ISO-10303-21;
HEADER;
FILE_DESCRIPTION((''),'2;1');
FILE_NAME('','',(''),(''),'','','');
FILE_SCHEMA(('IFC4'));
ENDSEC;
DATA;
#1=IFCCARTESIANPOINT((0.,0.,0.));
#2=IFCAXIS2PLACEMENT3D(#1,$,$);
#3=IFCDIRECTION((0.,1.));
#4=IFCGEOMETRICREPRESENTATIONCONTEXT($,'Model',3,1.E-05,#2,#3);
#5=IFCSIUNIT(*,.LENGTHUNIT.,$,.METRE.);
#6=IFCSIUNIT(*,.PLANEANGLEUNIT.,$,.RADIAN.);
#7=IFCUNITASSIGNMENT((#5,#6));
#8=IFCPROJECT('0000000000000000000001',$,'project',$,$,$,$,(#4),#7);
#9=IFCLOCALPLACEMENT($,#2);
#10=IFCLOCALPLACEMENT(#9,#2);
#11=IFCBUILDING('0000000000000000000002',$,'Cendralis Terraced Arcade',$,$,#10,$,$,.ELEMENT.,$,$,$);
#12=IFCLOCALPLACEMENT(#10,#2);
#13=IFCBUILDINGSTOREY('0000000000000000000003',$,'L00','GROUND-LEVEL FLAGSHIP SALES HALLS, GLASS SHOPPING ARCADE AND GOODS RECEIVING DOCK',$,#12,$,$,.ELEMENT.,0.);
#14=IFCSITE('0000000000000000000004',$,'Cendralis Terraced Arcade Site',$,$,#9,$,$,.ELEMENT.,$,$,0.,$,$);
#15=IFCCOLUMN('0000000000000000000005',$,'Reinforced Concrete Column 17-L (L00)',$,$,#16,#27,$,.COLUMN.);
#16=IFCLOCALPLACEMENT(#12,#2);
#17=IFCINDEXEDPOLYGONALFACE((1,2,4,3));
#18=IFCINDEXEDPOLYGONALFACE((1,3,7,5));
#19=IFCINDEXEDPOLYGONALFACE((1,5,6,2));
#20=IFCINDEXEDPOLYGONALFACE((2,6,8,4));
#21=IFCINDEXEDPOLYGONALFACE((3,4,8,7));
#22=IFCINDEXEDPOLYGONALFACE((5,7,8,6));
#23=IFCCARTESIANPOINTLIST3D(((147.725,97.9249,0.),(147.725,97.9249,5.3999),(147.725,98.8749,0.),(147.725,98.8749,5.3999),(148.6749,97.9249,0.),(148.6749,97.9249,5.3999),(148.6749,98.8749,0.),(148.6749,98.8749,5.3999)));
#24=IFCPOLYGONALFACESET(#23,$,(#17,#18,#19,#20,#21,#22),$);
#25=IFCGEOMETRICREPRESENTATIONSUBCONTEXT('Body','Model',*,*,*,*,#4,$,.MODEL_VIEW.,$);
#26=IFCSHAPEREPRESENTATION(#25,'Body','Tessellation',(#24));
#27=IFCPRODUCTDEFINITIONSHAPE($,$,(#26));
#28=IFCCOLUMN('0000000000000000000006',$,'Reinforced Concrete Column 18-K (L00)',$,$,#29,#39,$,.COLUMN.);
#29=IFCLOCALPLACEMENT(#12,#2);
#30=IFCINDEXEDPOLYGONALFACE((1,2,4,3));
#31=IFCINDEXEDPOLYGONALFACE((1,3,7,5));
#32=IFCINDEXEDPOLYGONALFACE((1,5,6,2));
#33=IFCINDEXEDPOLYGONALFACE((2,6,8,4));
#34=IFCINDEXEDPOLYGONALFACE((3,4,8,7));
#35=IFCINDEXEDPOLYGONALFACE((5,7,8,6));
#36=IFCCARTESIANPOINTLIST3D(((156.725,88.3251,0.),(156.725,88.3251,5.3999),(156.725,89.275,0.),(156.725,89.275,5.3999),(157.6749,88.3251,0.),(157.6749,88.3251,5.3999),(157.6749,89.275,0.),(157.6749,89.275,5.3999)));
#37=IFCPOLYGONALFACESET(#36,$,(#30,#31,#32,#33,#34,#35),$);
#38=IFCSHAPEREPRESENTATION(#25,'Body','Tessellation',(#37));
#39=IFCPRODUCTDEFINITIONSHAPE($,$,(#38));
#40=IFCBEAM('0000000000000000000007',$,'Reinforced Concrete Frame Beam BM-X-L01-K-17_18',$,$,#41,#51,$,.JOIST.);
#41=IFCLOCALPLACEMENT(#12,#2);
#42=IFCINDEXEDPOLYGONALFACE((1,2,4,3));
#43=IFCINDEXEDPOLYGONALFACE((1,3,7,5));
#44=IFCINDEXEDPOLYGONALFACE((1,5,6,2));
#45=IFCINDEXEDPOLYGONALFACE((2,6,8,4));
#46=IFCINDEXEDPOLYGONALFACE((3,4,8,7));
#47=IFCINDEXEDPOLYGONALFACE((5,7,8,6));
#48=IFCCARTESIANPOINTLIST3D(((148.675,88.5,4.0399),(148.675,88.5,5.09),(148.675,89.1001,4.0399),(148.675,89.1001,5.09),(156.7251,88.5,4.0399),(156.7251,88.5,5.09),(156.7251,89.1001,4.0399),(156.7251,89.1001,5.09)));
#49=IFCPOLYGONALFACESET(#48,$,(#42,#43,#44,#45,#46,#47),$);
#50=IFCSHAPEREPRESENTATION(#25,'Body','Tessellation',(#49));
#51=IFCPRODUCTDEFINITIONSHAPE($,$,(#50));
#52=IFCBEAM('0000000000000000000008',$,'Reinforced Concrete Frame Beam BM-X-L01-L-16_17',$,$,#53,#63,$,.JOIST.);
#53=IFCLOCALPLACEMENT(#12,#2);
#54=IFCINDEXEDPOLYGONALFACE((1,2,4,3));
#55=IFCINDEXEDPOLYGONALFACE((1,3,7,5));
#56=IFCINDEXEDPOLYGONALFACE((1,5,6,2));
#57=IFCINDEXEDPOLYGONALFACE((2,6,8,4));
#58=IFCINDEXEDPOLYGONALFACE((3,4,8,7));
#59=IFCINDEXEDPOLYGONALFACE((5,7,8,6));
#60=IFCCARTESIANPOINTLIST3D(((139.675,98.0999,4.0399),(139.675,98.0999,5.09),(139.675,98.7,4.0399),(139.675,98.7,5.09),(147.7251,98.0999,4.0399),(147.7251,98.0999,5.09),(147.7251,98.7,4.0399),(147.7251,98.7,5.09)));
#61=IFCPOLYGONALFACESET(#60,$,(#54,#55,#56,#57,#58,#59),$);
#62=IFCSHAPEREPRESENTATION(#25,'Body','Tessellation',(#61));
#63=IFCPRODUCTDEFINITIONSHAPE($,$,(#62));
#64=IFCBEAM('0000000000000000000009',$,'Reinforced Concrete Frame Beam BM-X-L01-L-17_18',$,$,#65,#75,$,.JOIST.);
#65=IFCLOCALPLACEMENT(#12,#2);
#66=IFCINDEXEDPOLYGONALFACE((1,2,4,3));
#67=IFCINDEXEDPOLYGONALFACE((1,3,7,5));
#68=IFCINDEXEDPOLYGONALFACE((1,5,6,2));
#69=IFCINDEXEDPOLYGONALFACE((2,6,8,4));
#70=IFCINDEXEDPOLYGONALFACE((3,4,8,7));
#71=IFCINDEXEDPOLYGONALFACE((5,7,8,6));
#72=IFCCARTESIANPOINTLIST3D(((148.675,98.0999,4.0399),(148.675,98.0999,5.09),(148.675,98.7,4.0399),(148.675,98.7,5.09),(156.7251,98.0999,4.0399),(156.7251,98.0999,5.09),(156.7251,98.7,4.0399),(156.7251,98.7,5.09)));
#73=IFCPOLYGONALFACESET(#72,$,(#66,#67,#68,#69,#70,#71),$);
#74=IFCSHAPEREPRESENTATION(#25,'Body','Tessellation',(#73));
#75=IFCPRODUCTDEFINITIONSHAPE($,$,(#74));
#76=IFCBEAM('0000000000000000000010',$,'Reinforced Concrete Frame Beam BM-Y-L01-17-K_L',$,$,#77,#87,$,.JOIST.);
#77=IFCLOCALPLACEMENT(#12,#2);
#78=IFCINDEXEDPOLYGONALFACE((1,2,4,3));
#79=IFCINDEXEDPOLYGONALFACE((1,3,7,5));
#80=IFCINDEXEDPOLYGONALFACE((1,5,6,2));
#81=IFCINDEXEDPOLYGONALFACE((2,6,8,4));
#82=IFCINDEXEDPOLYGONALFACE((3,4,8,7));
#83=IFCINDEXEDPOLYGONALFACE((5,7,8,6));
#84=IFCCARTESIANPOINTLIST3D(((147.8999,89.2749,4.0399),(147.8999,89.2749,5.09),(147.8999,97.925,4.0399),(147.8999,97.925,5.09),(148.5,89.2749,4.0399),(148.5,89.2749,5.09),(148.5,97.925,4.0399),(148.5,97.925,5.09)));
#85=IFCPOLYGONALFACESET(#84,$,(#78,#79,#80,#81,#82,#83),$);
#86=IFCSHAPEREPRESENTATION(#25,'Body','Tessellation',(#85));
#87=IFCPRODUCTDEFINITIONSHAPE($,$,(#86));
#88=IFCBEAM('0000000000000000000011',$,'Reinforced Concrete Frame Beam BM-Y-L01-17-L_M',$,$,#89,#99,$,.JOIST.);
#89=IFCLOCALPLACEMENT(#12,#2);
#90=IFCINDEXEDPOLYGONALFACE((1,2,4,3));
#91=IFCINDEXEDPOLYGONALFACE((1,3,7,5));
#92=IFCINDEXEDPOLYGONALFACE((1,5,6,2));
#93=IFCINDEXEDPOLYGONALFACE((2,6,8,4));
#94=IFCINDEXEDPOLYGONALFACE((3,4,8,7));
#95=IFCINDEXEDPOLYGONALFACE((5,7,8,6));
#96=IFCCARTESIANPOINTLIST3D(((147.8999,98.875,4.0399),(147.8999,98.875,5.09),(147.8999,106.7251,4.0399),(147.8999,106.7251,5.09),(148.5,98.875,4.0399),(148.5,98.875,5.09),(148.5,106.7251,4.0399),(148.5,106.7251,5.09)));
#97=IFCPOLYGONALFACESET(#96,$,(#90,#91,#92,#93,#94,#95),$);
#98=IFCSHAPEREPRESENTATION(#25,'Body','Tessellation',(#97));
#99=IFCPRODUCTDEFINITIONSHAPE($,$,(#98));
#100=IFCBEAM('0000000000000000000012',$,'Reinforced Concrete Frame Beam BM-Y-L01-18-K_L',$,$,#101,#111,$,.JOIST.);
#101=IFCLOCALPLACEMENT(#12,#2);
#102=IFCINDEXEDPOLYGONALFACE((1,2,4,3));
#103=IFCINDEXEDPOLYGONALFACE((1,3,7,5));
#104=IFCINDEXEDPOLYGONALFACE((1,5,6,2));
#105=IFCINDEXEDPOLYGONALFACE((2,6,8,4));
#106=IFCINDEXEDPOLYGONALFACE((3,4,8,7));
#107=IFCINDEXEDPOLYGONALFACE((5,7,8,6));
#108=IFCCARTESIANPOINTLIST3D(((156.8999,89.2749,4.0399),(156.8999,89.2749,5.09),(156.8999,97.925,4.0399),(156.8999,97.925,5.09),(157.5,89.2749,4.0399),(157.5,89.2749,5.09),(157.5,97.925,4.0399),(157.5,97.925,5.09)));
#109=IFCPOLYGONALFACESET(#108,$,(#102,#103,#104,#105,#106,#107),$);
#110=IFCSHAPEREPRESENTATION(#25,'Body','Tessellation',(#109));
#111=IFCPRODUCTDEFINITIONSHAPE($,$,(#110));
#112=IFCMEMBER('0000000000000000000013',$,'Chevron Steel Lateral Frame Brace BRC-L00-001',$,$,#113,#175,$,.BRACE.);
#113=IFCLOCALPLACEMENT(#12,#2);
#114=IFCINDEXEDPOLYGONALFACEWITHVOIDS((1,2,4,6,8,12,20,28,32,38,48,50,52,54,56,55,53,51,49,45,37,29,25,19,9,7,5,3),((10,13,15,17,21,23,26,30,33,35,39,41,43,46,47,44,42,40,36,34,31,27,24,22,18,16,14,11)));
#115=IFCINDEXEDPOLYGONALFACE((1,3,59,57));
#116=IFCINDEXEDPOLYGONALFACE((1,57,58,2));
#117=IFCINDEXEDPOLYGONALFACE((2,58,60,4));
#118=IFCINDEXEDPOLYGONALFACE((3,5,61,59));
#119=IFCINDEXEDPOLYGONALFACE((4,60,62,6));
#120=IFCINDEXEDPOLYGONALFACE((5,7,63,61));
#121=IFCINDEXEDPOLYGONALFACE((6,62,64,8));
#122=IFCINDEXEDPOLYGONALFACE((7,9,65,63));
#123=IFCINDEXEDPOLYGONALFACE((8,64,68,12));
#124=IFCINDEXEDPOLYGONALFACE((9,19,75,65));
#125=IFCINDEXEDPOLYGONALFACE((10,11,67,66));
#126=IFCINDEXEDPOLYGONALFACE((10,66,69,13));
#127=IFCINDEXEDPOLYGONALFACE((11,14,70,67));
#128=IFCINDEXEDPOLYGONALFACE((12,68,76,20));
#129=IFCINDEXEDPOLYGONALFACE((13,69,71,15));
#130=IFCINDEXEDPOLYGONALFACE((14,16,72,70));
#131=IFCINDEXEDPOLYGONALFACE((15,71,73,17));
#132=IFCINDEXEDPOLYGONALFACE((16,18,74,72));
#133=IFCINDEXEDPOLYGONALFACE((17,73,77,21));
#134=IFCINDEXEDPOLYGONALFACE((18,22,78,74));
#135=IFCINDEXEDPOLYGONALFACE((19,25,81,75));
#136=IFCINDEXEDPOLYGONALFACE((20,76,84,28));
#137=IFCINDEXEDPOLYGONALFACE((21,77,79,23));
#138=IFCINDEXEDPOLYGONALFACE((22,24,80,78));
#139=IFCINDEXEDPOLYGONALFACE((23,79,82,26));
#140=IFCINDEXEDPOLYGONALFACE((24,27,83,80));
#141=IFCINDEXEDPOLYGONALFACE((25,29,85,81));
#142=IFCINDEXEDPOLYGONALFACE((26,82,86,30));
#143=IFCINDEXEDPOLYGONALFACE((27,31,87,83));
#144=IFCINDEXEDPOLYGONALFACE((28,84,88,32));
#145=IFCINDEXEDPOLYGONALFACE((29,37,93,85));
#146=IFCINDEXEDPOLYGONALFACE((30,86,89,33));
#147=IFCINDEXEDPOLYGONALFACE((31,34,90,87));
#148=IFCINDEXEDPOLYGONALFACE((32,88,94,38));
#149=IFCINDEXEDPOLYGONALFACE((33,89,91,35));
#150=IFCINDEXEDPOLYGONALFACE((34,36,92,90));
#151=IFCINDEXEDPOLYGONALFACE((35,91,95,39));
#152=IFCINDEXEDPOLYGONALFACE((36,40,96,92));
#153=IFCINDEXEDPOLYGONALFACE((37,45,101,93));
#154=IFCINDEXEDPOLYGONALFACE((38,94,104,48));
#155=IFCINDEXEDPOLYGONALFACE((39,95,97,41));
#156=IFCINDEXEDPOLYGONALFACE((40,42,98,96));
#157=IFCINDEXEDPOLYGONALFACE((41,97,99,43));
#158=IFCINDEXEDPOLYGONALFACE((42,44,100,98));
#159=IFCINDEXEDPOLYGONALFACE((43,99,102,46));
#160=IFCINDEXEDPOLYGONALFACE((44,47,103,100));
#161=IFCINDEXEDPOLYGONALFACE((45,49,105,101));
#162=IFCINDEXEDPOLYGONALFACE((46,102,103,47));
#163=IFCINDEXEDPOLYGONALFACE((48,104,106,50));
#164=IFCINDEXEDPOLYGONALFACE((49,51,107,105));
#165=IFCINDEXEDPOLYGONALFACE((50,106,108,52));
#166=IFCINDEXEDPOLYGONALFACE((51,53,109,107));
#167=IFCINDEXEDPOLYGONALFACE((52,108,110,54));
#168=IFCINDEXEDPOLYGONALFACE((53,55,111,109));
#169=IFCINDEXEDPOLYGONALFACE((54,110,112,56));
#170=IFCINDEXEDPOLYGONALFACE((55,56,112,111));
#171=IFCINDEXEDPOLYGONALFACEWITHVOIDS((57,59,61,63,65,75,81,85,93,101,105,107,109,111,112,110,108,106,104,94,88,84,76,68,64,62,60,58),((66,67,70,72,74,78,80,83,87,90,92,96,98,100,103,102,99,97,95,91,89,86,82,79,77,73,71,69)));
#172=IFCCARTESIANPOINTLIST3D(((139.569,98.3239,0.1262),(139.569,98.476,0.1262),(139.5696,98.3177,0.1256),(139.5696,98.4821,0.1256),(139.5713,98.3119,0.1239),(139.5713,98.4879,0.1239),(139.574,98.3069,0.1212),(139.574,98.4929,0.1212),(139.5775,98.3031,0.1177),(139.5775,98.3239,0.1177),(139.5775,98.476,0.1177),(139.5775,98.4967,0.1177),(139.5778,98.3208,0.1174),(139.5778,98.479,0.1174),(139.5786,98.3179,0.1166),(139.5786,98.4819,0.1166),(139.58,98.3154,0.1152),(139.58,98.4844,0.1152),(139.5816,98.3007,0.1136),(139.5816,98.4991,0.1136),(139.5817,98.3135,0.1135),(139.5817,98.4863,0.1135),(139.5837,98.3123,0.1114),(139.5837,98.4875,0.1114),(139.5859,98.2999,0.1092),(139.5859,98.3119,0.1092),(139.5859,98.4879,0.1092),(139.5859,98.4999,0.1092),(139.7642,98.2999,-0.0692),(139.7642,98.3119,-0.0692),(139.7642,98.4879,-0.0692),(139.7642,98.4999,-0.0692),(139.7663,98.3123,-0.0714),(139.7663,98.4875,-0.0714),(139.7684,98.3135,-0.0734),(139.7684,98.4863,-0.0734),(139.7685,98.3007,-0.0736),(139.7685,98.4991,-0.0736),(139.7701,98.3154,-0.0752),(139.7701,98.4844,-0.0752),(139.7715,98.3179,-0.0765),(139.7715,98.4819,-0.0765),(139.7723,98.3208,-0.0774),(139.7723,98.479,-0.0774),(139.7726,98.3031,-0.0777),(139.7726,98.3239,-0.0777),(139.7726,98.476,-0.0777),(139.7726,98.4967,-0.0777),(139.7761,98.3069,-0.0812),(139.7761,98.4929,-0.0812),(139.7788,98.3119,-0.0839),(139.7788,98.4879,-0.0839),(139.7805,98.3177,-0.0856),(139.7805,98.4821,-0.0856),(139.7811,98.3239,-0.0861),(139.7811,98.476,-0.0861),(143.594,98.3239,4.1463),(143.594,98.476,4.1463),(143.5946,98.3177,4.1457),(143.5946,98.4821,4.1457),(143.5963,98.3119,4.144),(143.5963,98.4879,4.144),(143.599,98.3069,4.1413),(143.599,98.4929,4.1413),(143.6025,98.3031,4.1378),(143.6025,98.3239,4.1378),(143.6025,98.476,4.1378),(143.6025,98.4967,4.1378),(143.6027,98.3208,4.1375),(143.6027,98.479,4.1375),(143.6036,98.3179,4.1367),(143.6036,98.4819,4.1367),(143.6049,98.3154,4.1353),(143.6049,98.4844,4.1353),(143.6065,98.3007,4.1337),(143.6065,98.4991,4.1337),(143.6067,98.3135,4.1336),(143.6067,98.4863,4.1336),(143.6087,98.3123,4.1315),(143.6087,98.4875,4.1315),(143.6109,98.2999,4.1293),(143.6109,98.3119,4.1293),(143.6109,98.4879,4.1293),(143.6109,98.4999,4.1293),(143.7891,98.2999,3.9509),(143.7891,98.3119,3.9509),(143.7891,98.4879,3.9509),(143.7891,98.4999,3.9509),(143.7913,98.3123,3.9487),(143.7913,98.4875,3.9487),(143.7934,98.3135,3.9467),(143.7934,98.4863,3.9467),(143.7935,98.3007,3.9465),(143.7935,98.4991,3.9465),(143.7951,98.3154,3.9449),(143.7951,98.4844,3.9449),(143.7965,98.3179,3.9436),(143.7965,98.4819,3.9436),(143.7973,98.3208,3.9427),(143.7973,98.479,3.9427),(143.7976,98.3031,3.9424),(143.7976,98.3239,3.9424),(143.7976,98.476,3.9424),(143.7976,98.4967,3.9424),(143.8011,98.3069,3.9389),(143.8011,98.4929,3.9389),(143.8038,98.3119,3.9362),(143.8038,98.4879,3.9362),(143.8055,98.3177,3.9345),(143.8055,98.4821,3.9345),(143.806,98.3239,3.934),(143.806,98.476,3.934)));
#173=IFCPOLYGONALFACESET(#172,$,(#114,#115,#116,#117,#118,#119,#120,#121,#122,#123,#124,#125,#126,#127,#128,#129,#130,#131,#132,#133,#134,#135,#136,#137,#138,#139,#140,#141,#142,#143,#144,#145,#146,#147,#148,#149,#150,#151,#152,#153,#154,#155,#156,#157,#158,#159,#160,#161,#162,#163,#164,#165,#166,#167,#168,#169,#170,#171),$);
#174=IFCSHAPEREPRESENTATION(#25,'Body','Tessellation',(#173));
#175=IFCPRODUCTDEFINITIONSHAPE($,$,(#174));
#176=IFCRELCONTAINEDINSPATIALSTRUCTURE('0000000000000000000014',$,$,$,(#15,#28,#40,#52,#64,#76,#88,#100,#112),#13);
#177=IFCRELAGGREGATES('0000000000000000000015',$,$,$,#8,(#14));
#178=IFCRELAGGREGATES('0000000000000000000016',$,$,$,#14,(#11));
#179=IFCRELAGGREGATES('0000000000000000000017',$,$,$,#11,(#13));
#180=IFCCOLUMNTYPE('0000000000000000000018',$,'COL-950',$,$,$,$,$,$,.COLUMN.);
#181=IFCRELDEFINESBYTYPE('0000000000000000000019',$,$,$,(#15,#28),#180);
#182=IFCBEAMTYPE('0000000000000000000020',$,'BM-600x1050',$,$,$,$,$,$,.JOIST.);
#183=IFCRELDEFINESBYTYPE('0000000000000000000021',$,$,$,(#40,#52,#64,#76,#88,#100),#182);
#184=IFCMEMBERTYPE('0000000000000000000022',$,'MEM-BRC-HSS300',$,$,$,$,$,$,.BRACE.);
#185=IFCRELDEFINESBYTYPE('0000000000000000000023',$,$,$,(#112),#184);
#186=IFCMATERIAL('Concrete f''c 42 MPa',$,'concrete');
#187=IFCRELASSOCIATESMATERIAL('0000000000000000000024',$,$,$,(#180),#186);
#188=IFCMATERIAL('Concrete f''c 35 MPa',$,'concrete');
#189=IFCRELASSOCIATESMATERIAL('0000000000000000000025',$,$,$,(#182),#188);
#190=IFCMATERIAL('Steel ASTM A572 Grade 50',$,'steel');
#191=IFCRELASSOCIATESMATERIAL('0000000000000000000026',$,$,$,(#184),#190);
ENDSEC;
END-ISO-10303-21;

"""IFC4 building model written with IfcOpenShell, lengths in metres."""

from ifc_helpers import new_model, si_unit, direction, frame, origin, origin_2d, place, context, subcontext, project, spatial, rectangle, hollow_rectangle, extrude, material, material_profile, profile_set, type_object, element, save


model = new_model("IFC4")

# Units and contexts
model_context = context("Model", 3, precision=1e-05, world=origin(), true_north=direction((0.0, 1.0)))
body_context = subcontext(model_context, "Body", "Model", "MODEL_VIEW")
ifc_project = project(units=[si_unit("LENGTHUNIT", "METRE"), si_unit("PLANEANGLEUNIT", "RADIAN")], contexts=[model_context])

# Site, building, storey
site_placement = place(None, origin())
site = spatial("IfcSite", under=ifc_project, at=site_placement, Name="Cendralis Terraced Arcade Site", CompositionType="ELEMENT", RefElevation=0.0)
building_placement = place(site_placement, origin())
building = spatial("IfcBuilding", under=site, at=building_placement, Name="Cendralis Terraced Arcade", CompositionType="ELEMENT")
storey_placement = place(building_placement, origin())
storey = spatial("IfcBuildingStorey", under=building, at=storey_placement, Name="L00", Description="GROUND-LEVEL FLAGSHIP SALES HALLS, GLASS SHOPPING ARCADE AND GOODS RECEIVING DOCK", CompositionType="ELEMENT", Elevation=0.0)

# Columns
ifc_material_1 = material(Name="Concrete f'c 42 MPa", Category="concrete")
ifc_material_profile_1 = material_profile(ifc_material_1, rectangle(XDim=0.95, YDim=0.95, at=origin_2d()), Name="RC-COL-950x950", Category="LoadBearing")
ifc_profile_set_1 = profile_set([ifc_material_profile_1], Name="Concrete f'c 42 MPa")
column_type = type_object("IfcColumnType", Name="COL-950", PredefinedType="COLUMN", material=ifc_profile_set_1)
for number, where, z_axis, x_axis, name in (
    (1, (148.2, 98.3999, 0.0), (0.0, 0.0, 1.0), (1.0, 0.0, 0.0), "Reinforced Concrete Column 17-L (L00)"),
    (2, (157.2, 88.8, 0.0), (0.0, 0.0, 1.0), (1.0, 0.0, 0.0), "Reinforced Concrete Column 18-K (L00)"),
):
    element("IfcColumn", number, at=place(storey_placement, frame(where, z_axis=z_axis, x_axis=x_axis)), inside=storey, type_object=column_type, Name=name, PredefinedType="COLUMN", context=body_context, shape_type="SweptSolid", body=[
        extrude(rectangle(XDim=0.95, YDim=0.95, at=origin_2d()), origin(), (0.0, 0.0, 1.0), 5.3999),
    ])

# Beams
ifc_material_2 = material(Name="Concrete f'c 35 MPa", Category="concrete")
ifc_material_profile_2 = material_profile(ifc_material_2, rectangle(XDim=0.6001, YDim=1.05, at=origin_2d()), Name="RC-BM-600x1050", Category="LoadBearing")
ifc_profile_set_2 = profile_set([ifc_material_profile_2], Name="Concrete f'c 35 MPa")
beam_type = type_object("IfcBeamType", Name="BM-600x1050", PredefinedType="JOIST", material=ifc_profile_set_2)
for number, where, z_axis, x_axis, name in (
    (3, (148.675, 88.8, 4.5649), (1.0, 0.0, 0.0), (0.0, 1.0, 0.0), "Reinforced Concrete Frame Beam BM-X-L01-K-17_18"),
    (4, (139.675, 98.3999, 4.5649), (1.0, 0.0, 0.0), (0.0, 1.0, 0.0), "Reinforced Concrete Frame Beam BM-X-L01-L-16_17"),
    (5, (148.675, 98.3999, 4.5649), (1.0, 0.0, 0.0), (0.0, 1.0, 0.0), "Reinforced Concrete Frame Beam BM-X-L01-L-17_18"),
):
    element("IfcBeam", number, at=place(storey_placement, frame(where, z_axis=z_axis, x_axis=x_axis)), inside=storey, type_object=beam_type, Name=name, PredefinedType="JOIST", context=body_context, shape_type="SweptSolid", body=[
        extrude(rectangle(XDim=0.6001, YDim=1.05, at=origin_2d()), origin(), (0.0, 0.0, 1.0), 8.05),
    ])
beam_1_placement = place(storey_placement, frame((148.2, 89.2749, 4.5649), z_axis=(0.0, 1.0, 0.0), x_axis=(-1.0, 0.0, 0.0)))
element("IfcBeam", 6, at=beam_1_placement, inside=storey, type_object=beam_type, Name="Reinforced Concrete Frame Beam BM-Y-L01-17-K_L", PredefinedType="JOIST", context=body_context, shape_type="SweptSolid", body=[
    extrude(rectangle(XDim=0.6001, YDim=1.05, at=origin_2d()), origin(), (0.0, 0.0, 1.0), 8.6501),
])
beam_2_placement = place(storey_placement, frame((148.2, 98.875, 4.5649), z_axis=(0.0, 1.0, 0.0), x_axis=(-1.0, 0.0, 0.0)))
element("IfcBeam", 7, at=beam_2_placement, inside=storey, type_object=beam_type, Name="Reinforced Concrete Frame Beam BM-Y-L01-17-L_M", PredefinedType="JOIST", context=body_context, shape_type="SweptSolid", body=[
    extrude(rectangle(XDim=0.6001, YDim=1.05, at=origin_2d()), origin(), (0.0, 0.0, 1.0), 7.8501),
])
beam_3_placement = place(storey_placement, frame((157.2, 89.2749, 4.5649), z_axis=(0.0, 1.0, 0.0), x_axis=(-1.0, 0.0, 0.0)))
element("IfcBeam", 8, at=beam_3_placement, inside=storey, type_object=beam_type, Name="Reinforced Concrete Frame Beam BM-Y-L01-18-K_L", PredefinedType="JOIST", context=body_context, shape_type="SweptSolid", body=[
    extrude(rectangle(XDim=0.6001, YDim=1.05, at=origin_2d()), origin(), (0.0, 0.0, 1.0), 8.6501),
])

# Member
ifc_material_3 = material(Name="Steel ASTM A572 Grade 50", Category="steel")
ifc_material_profile_3 = material_profile(ifc_material_3, hollow_rectangle(XDim=0.2, YDim=0.3, WallThickness=0.012, InnerFilletRadius=0.012, OuterFilletRadius=0.0239, at=origin_2d()), Name="HSS300X200X12", Category="LoadBearing")
ifc_profile_set_3 = profile_set([ifc_material_profile_3], Name="Steel ASTM A572 Grade 50")
member_type = type_object("IfcMemberType", Name="MEM-BRC-HSS300", PredefinedType="BRACE", material=ifc_profile_set_3)
for number, where, z_axis, x_axis, name in (
    (9, (139.675, 98.3999, 0.02), (0.707536, 0.0, 0.706677), (0.0, 1.0, 0.0), "Chevron Steel Lateral Frame Brace BRC-L00-001"),
):
    element("IfcMember", number, at=place(storey_placement, frame(where, z_axis=z_axis, x_axis=x_axis)), inside=storey, type_object=member_type, Name=name, PredefinedType="BRACE", context=body_context, shape_type="SweptSolid", body=[
        extrude(hollow_rectangle(XDim=0.2, YDim=0.3, WallThickness=0.012, InnerFilletRadius=0.012, OuterFilletRadius=0.0239, at=origin_2d()), origin(), (0.0, 0.0, 1.0), 5.6887),
    ])

save(model, "model.ifc")
